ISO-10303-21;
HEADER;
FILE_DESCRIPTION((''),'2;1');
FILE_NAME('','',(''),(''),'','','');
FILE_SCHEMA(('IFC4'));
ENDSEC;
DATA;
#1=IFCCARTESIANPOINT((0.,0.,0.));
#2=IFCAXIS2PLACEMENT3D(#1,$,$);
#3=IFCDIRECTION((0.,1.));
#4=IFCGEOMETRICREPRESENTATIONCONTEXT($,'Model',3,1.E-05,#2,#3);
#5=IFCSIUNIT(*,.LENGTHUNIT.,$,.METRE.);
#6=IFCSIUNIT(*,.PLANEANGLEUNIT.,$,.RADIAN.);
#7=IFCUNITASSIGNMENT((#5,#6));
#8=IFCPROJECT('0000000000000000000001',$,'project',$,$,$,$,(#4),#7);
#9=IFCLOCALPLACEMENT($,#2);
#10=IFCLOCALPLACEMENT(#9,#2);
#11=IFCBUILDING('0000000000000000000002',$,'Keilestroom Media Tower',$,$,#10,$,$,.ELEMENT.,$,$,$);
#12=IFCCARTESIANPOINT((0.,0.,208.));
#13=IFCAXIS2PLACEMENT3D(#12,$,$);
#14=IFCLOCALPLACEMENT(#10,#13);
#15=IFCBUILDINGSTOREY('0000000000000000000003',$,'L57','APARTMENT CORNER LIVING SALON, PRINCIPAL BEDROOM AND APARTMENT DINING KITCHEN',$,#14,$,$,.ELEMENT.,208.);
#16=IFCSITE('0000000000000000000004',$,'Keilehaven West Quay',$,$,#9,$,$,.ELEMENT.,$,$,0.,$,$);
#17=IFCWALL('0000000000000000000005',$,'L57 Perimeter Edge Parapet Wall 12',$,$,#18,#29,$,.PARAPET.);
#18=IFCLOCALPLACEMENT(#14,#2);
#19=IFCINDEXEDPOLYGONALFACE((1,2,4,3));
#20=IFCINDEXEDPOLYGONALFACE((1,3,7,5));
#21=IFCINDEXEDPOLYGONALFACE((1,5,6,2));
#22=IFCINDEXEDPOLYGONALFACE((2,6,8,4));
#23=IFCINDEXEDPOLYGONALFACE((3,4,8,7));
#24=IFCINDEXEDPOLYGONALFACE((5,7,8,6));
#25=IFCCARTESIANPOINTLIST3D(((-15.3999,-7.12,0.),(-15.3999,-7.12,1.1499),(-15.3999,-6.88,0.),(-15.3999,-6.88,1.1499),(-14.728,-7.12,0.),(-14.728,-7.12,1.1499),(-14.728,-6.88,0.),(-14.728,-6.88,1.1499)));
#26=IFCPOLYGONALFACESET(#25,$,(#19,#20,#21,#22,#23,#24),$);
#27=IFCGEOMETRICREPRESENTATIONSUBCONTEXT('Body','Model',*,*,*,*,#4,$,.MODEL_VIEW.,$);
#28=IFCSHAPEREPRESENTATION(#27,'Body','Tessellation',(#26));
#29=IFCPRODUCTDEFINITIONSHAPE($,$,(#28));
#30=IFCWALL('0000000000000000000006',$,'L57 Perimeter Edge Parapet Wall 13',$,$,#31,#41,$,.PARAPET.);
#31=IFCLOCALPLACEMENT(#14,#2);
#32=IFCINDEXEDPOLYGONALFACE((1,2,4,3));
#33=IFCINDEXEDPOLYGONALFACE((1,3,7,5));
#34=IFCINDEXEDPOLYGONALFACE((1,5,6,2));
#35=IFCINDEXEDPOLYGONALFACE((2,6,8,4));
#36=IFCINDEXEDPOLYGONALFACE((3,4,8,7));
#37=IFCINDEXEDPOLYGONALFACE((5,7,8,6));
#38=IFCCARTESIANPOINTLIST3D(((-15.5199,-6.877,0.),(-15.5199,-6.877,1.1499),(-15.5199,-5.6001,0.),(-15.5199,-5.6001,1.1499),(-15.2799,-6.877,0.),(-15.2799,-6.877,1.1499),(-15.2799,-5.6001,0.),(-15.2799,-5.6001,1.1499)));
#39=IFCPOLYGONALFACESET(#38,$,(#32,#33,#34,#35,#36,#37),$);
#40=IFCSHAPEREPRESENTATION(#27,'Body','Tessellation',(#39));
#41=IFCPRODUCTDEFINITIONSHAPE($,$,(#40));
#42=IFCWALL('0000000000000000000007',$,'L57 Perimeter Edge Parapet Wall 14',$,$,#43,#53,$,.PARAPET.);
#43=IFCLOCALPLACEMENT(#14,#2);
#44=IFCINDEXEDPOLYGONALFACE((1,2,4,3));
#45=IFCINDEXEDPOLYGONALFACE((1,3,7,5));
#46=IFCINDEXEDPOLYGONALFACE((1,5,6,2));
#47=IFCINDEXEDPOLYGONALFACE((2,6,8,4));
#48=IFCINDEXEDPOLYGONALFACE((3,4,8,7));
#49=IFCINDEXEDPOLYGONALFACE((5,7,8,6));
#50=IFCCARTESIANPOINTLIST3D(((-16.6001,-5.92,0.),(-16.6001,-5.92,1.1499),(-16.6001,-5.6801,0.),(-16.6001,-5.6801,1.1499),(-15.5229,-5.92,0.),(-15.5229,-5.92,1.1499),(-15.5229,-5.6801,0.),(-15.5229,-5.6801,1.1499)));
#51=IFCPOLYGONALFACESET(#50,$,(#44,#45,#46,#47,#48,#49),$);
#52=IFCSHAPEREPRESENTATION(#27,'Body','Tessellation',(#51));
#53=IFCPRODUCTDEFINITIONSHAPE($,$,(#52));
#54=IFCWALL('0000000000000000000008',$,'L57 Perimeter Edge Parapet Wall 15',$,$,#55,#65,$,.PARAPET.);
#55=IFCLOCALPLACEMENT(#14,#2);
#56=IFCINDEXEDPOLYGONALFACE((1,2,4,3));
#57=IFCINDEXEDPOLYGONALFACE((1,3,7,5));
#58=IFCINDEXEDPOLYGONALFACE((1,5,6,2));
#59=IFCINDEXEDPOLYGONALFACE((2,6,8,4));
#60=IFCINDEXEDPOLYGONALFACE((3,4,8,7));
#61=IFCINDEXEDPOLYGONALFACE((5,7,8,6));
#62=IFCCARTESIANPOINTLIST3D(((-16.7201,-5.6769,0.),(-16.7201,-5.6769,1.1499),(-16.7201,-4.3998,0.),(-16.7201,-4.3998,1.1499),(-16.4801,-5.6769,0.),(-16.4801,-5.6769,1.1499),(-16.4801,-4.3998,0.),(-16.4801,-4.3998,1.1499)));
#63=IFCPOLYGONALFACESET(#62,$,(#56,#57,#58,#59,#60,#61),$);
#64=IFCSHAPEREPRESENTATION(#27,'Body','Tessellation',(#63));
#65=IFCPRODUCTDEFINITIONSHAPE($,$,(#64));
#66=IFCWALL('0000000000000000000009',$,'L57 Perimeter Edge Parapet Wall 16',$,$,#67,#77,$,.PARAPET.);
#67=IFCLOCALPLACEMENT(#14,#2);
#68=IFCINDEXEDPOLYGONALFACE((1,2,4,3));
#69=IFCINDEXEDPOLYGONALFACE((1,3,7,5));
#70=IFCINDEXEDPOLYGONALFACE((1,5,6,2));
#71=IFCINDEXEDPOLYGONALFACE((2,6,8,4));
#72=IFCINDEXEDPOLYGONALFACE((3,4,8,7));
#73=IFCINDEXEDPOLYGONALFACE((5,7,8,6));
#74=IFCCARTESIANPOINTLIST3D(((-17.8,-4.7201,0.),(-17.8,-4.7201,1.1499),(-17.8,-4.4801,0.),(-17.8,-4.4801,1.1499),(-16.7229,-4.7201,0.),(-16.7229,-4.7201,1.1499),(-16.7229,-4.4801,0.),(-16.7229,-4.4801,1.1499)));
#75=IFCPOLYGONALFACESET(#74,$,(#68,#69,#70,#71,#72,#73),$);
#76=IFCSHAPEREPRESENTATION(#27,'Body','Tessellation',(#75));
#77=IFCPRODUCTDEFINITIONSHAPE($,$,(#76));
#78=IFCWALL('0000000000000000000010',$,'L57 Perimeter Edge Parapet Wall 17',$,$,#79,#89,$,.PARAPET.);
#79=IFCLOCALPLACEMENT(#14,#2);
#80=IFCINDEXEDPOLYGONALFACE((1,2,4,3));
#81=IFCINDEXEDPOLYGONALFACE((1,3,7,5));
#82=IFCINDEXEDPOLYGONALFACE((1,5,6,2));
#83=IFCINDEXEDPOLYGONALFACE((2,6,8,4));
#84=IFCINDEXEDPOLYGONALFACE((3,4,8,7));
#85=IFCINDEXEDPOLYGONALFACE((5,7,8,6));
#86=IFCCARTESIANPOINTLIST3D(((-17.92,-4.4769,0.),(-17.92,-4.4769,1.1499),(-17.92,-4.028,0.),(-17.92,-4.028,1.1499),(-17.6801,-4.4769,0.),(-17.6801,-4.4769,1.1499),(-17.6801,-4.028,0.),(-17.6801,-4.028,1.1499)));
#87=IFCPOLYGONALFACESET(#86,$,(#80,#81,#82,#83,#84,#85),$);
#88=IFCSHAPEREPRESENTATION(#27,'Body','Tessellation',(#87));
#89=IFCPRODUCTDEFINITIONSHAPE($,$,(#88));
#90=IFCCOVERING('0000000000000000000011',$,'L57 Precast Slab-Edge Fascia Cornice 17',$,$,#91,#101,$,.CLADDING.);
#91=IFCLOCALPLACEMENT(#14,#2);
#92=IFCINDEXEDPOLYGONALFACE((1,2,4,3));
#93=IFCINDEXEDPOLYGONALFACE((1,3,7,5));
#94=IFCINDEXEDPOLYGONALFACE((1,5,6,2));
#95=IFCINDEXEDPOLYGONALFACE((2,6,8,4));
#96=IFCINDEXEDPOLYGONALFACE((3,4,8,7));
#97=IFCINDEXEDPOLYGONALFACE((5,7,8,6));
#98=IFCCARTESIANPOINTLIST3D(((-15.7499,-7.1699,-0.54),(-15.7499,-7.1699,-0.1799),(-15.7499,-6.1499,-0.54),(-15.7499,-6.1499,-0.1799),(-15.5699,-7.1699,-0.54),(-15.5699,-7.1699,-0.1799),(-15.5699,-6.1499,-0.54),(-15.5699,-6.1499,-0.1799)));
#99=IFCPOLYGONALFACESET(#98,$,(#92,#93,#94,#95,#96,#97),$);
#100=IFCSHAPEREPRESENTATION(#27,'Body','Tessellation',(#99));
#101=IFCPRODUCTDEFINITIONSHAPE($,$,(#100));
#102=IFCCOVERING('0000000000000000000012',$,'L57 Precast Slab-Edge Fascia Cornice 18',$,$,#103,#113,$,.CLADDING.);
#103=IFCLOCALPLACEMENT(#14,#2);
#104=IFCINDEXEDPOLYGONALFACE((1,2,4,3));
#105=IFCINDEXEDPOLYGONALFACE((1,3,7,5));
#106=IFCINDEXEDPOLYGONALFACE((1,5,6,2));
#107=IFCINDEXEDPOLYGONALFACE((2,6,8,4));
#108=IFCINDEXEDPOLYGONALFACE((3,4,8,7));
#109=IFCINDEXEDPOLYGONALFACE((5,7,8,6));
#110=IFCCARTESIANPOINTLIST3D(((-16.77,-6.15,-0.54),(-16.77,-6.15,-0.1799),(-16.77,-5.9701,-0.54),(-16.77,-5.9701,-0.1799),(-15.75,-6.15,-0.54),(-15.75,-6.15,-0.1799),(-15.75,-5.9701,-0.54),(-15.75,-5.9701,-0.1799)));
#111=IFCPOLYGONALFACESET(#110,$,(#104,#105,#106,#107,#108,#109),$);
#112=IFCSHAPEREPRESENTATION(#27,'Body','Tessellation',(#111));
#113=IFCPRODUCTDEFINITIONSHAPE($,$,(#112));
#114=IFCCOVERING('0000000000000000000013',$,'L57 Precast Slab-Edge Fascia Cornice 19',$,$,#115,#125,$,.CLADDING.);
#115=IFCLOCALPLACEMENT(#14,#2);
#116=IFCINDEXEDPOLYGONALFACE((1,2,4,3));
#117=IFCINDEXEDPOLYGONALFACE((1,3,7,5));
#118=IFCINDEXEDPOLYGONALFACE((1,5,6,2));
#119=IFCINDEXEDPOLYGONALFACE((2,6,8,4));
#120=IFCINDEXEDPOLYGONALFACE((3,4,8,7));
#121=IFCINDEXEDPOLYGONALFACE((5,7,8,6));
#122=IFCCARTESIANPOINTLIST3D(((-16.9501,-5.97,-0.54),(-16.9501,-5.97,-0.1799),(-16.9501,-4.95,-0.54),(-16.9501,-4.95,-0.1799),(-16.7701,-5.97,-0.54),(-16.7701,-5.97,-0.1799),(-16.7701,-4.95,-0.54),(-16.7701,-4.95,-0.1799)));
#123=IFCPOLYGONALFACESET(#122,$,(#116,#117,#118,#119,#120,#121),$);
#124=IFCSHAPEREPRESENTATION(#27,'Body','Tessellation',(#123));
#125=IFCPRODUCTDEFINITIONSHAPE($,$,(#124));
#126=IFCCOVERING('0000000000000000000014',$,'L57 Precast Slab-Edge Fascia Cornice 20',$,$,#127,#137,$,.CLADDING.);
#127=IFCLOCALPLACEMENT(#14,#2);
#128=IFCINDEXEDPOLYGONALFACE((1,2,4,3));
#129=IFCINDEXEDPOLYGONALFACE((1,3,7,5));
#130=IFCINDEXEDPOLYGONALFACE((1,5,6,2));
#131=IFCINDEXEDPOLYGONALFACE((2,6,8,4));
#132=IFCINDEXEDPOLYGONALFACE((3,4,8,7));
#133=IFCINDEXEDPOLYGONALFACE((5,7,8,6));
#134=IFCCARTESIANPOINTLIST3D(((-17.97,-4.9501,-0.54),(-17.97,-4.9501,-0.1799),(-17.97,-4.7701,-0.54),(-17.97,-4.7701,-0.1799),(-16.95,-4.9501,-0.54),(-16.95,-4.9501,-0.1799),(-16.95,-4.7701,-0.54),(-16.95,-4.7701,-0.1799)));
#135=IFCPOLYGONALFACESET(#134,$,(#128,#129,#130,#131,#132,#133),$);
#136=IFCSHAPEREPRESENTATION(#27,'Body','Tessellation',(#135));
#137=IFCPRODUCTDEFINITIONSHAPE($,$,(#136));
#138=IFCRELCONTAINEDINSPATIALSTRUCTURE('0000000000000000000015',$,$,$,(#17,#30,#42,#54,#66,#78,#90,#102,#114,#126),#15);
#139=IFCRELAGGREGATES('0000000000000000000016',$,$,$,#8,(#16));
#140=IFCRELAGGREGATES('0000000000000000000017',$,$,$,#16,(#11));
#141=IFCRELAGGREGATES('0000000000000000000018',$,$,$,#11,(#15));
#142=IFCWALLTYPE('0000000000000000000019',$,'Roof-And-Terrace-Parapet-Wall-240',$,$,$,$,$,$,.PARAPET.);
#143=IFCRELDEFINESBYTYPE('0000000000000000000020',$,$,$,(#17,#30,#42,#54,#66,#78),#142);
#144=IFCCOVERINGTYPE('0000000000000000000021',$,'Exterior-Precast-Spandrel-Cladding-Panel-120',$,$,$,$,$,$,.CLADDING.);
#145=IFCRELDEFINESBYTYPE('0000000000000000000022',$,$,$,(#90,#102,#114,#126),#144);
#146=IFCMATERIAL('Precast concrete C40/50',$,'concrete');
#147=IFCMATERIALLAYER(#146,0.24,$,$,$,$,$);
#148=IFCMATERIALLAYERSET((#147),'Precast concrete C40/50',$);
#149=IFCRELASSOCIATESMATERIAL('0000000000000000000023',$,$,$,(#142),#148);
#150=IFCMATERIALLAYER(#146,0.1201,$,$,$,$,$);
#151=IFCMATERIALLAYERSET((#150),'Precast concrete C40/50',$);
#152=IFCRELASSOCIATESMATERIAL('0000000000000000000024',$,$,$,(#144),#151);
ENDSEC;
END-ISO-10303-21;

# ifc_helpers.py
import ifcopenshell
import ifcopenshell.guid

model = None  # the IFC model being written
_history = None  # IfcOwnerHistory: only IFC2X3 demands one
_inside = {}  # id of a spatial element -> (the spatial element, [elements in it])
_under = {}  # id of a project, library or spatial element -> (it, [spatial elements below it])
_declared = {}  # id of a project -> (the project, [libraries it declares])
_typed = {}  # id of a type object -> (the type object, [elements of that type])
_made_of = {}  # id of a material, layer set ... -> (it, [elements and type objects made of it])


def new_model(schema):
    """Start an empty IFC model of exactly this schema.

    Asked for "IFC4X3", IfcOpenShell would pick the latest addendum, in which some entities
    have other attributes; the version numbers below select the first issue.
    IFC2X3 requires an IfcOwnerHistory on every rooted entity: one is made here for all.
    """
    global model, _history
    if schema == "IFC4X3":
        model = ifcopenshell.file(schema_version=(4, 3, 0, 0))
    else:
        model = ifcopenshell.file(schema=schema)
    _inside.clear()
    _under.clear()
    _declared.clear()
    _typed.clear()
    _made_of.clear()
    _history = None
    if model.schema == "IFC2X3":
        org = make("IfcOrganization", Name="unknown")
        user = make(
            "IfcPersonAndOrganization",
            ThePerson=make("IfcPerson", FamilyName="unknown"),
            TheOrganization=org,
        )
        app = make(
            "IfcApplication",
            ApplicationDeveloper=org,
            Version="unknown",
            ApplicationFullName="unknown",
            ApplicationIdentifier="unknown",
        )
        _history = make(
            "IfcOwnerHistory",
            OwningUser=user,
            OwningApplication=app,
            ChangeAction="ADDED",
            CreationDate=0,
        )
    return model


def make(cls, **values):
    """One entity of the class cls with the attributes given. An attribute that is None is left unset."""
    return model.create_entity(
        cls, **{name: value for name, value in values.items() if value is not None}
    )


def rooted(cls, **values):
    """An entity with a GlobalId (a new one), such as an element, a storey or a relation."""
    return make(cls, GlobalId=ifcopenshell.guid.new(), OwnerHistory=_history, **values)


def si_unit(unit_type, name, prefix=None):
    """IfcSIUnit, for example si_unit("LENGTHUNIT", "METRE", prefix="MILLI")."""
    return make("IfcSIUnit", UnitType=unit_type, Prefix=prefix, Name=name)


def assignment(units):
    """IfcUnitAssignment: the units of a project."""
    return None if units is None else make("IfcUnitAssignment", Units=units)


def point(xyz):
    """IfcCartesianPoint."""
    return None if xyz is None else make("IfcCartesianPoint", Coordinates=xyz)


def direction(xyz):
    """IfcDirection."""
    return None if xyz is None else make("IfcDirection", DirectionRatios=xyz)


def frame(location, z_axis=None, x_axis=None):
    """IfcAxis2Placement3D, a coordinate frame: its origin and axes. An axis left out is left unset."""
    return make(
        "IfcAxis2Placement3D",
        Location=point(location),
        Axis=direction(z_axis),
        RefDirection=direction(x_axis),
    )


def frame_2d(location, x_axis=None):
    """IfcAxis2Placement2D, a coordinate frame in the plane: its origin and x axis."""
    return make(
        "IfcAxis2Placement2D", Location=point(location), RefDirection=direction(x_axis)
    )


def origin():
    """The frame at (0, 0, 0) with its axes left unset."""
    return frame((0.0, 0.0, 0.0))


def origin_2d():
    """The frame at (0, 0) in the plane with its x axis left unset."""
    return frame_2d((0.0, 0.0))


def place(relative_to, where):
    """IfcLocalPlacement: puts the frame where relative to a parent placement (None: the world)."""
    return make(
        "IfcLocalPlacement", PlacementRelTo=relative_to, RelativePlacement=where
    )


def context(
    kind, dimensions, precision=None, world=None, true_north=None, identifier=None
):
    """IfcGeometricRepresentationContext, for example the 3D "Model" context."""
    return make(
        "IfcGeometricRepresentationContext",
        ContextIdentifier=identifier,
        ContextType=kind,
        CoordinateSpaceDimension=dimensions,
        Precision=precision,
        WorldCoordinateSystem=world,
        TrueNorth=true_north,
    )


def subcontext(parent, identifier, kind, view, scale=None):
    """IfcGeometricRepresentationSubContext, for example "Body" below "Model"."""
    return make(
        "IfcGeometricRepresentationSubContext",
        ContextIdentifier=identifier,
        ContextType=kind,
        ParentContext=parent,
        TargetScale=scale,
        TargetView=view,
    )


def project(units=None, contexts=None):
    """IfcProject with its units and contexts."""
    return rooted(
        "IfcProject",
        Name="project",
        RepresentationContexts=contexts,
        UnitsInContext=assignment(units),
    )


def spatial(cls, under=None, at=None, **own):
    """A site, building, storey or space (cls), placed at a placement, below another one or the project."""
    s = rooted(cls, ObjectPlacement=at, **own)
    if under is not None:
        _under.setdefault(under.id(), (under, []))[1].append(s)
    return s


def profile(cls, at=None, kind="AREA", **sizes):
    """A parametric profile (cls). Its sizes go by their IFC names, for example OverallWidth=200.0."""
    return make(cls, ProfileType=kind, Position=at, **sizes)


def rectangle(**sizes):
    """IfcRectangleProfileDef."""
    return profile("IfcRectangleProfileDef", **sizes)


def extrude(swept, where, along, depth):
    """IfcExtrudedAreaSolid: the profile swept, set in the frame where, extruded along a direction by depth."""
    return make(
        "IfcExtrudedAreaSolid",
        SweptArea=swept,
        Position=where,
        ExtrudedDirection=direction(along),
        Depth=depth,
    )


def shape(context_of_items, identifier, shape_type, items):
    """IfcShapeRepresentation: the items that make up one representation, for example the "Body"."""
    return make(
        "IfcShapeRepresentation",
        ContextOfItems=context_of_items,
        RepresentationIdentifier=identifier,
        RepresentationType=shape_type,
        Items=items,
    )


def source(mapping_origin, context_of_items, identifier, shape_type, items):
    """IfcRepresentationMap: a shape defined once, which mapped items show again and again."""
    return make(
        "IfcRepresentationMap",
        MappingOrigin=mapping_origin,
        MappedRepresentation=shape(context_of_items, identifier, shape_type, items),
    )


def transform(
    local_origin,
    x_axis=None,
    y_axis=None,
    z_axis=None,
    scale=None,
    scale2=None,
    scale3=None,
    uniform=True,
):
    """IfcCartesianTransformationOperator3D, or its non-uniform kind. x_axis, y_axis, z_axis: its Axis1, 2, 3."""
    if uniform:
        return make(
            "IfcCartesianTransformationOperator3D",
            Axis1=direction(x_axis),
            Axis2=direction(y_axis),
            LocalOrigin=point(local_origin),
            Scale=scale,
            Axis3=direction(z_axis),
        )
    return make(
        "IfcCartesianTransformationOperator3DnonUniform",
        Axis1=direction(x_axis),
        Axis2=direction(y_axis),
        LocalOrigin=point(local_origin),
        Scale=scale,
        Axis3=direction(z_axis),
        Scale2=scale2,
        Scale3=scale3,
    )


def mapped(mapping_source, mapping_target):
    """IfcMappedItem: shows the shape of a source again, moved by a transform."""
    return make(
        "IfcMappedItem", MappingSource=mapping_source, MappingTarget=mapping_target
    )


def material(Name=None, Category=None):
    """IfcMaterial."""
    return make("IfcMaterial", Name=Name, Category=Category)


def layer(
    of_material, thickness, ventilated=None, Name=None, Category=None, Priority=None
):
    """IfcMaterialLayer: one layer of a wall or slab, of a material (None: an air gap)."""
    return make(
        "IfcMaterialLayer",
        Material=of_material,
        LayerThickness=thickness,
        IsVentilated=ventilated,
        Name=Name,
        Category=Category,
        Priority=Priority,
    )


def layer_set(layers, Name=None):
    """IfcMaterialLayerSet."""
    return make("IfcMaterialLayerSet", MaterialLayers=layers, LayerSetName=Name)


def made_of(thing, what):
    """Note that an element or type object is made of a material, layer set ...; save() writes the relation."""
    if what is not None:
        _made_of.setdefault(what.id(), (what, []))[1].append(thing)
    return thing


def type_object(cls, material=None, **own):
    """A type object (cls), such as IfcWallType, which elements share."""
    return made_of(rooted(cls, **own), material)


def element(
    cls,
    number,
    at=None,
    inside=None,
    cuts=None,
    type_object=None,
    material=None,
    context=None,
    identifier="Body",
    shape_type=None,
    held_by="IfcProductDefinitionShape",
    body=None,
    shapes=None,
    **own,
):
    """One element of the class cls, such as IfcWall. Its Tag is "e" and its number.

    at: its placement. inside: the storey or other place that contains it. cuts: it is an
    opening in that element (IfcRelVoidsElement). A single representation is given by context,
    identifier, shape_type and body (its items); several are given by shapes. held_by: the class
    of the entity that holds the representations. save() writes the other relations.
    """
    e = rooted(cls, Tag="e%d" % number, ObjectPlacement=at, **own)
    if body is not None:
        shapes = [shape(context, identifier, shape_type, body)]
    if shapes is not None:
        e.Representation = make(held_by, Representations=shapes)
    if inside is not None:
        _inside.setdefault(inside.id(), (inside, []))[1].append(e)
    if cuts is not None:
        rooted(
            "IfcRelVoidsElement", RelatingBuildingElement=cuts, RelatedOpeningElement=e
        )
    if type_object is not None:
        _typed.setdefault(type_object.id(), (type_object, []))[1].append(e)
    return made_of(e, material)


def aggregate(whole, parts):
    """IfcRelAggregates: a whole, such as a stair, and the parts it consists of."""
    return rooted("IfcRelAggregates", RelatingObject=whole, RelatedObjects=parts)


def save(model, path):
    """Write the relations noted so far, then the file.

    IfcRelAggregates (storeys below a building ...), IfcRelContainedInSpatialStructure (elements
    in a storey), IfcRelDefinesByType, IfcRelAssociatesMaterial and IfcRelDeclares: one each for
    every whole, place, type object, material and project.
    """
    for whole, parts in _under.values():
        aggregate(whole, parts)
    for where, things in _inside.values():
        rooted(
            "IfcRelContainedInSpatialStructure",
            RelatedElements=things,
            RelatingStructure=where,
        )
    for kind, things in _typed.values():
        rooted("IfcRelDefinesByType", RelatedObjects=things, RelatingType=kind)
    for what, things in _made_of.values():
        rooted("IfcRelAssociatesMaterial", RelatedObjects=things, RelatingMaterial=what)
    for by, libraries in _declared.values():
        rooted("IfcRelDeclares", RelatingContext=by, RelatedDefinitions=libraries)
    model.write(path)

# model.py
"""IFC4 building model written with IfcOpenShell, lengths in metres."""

from ifc_helpers import new_model, si_unit, direction, frame, frame_2d, origin, origin_2d, place, context, subcontext, project, spatial, rectangle, extrude, source, transform, mapped, material, layer, layer_set, type_object, element, save


model = new_model("IFC4")

# Units and contexts
model_context = context("Model", 3, precision=1e-05, world=origin(), true_north=direction((0.0, 1.0)))
body_context = subcontext(model_context, "Body", "Model", "MODEL_VIEW")
ifc_project = project(units=[si_unit("LENGTHUNIT", "METRE"), si_unit("PLANEANGLEUNIT", "RADIAN")], contexts=[model_context])

# Site, building, storey
site_placement = place(None, origin())
site = spatial("IfcSite", under=ifc_project, at=site_placement, Name="Keilehaven West Quay", CompositionType="ELEMENT", RefElevation=0.0)
building_placement = place(site_placement, origin())
building = spatial("IfcBuilding", under=site, at=building_placement, Name="Keilestroom Media Tower", CompositionType="ELEMENT")
storey_placement = place(building_placement, frame((0.0, 0.0, 208.0)))
storey = spatial("IfcBuildingStorey", under=building, at=storey_placement, Name="L57", Description="APARTMENT CORNER LIVING SALON, PRINCIPAL BEDROOM AND APARTMENT DINING KITCHEN", CompositionType="ELEMENT", Elevation=208.0)

# Shared definitions
ifc_material_1 = material(Name="Precast concrete C40/50", Category="concrete")

# Walls
ifc_layer_1 = layer(ifc_material_1, 0.24)
ifc_layer_set_1 = layer_set([ifc_layer_1], Name="Precast concrete C40/50")
wall_type = type_object("IfcWallType", Name="Roof-And-Terrace-Parapet-Wall-240", PredefinedType="PARAPET", material=ifc_layer_set_1)
wall_1_placement = place(storey_placement, frame((-14.728, -7.0, 0.0), z_axis=(0.0, 0.0, 1.0), x_axis=(-1.0, 0.0, 0.0)))
element("IfcWall", 1, at=wall_1_placement, inside=storey, type_object=wall_type, Name="L57 Perimeter Edge Parapet Wall 12", PredefinedType="PARAPET", context=body_context, shape_type="SweptSolid", body=[
    extrude(rectangle(XDim=0.6719, YDim=0.24, at=frame_2d((0.3359, 0.0))), origin(), (0.0, 0.0, 1.0), 1.1499),
])
wall_2_placement = place(storey_placement, frame((-15.3999, -6.877, 0.0), z_axis=(0.0, 0.0, 1.0), x_axis=(0.0, 1.0, 0.0)))
element("IfcWall", 2, at=wall_2_placement, inside=storey, type_object=wall_type, Name="L57 Perimeter Edge Parapet Wall 13", PredefinedType="PARAPET", context=body_context, shape_type="SweptSolid", body=[
    extrude(rectangle(XDim=1.2769, YDim=0.24, at=frame_2d((0.6384, 0.0))), origin(), (0.0, 0.0, 1.0), 1.1499),
])
wall_3_placement = place(storey_placement, frame((-15.5229, -5.8, 0.0), z_axis=(0.0, 0.0, 1.0), x_axis=(-1.0, 0.0, 0.0)))
element("IfcWall", 3, at=wall_3_placement, inside=storey, type_object=wall_type, Name="L57 Perimeter Edge Parapet Wall 14", PredefinedType="PARAPET", context=body_context, shape_type="SweptSolid", body=[
    extrude(rectangle(XDim=1.0771, YDim=0.24, at=frame_2d((0.5386, 0.0))), origin(), (0.0, 0.0, 1.0), 1.1499),
])
wall_4_placement = place(storey_placement, frame((-16.6001, -5.677, 0.0), z_axis=(0.0, 0.0, 1.0), x_axis=(0.0, 1.0, 0.0)))
element("IfcWall", 4, at=wall_4_placement, inside=storey, type_object=wall_type, Name="L57 Perimeter Edge Parapet Wall 15", PredefinedType="PARAPET", context=body_context, shape_type="SweptSolid", body=[
    extrude(rectangle(XDim=1.2771, YDim=0.24, at=frame_2d((0.6387, 0.0))), origin(), (0.0, 0.0, 1.0), 1.1499),
])
wall_5_placement = place(storey_placement, frame((-16.7229, -4.6001, 0.0), z_axis=(0.0, 0.0, 1.0), x_axis=(-1.0, 0.0, 0.0)))
element("IfcWall", 5, at=wall_5_placement, inside=storey, type_object=wall_type, Name="L57 Perimeter Edge Parapet Wall 16", PredefinedType="PARAPET", context=body_context, shape_type="SweptSolid", body=[
    extrude(rectangle(XDim=1.0771, YDim=0.24, at=frame_2d((0.5386, 0.0))), origin(), (0.0, 0.0, 1.0), 1.1499),
])
wall_6_placement = place(storey_placement, frame((-17.8, -4.4771, 0.0), z_axis=(0.0, 0.0, 1.0), x_axis=(0.0, 1.0, 0.0)))
element("IfcWall", 6, at=wall_6_placement, inside=storey, type_object=wall_type, Name="L57 Perimeter Edge Parapet Wall 17", PredefinedType="PARAPET", context=body_context, shape_type="SweptSolid", body=[
    extrude(rectangle(XDim=0.449, YDim=0.24, at=frame_2d((0.2246, 0.0))), origin(), (0.0, 0.0, 1.0), 1.1499),
])

# Coverings
ifc_layer_2 = layer(ifc_material_1, 0.1201)
ifc_layer_set_2 = layer_set([ifc_layer_2], Name="Precast concrete C40/50")
covering_type = type_object("IfcCoveringType", Name="Exterior-Precast-Spandrel-Cladding-Panel-120", PredefinedType="CLADDING", material=ifc_layer_set_2)
shared_shape_1 = source(origin(), body_context, "Body", "SweptSolid", [
    extrude(rectangle(XDim=1.02, YDim=0.1799, at=origin_2d()), origin(), (0.0, 0.0, 1.0), 0.3601),
])
for number, where, z_axis, x_axis, name in (
    (7, (-15.6599, -6.6599, -0.54), (0.0, 0.0, 1.0), (0.0, 1.0, 0.0), "L57 Precast Slab-Edge Fascia Cornice 17"),
    (8, (-16.26, -6.0601, -0.54), (0.0, 0.0, 1.0), (-1.0, 0.0, 0.0), "L57 Precast Slab-Edge Fascia Cornice 18"),
    (9, (-16.8601, -5.46, -0.54), (0.0, 0.0, 1.0), (0.0, 1.0, 0.0), "L57 Precast Slab-Edge Fascia Cornice 19"),
    (10, (-17.46, -4.8601, -0.54), (0.0, 0.0, 1.0), (-1.0, 0.0, 0.0), "L57 Precast Slab-Edge Fascia Cornice 20"),
):
    element("IfcCovering", number, at=place(storey_placement, frame(where, z_axis=z_axis, x_axis=x_axis)), inside=storey, type_object=covering_type, Name=name, PredefinedType="CLADDING", context=body_context, shape_type="MappedRepresentation", body=[
        mapped(shared_shape_1, transform((0.0, 0.0, 0.0), x_axis=(1.0, 0.0, 0.0), y_axis=(0.0, 1.0, 0.0), z_axis=(0.0, 0.0, 1.0), scale=1.0)),
    ])

save(model, "model.ifc")
